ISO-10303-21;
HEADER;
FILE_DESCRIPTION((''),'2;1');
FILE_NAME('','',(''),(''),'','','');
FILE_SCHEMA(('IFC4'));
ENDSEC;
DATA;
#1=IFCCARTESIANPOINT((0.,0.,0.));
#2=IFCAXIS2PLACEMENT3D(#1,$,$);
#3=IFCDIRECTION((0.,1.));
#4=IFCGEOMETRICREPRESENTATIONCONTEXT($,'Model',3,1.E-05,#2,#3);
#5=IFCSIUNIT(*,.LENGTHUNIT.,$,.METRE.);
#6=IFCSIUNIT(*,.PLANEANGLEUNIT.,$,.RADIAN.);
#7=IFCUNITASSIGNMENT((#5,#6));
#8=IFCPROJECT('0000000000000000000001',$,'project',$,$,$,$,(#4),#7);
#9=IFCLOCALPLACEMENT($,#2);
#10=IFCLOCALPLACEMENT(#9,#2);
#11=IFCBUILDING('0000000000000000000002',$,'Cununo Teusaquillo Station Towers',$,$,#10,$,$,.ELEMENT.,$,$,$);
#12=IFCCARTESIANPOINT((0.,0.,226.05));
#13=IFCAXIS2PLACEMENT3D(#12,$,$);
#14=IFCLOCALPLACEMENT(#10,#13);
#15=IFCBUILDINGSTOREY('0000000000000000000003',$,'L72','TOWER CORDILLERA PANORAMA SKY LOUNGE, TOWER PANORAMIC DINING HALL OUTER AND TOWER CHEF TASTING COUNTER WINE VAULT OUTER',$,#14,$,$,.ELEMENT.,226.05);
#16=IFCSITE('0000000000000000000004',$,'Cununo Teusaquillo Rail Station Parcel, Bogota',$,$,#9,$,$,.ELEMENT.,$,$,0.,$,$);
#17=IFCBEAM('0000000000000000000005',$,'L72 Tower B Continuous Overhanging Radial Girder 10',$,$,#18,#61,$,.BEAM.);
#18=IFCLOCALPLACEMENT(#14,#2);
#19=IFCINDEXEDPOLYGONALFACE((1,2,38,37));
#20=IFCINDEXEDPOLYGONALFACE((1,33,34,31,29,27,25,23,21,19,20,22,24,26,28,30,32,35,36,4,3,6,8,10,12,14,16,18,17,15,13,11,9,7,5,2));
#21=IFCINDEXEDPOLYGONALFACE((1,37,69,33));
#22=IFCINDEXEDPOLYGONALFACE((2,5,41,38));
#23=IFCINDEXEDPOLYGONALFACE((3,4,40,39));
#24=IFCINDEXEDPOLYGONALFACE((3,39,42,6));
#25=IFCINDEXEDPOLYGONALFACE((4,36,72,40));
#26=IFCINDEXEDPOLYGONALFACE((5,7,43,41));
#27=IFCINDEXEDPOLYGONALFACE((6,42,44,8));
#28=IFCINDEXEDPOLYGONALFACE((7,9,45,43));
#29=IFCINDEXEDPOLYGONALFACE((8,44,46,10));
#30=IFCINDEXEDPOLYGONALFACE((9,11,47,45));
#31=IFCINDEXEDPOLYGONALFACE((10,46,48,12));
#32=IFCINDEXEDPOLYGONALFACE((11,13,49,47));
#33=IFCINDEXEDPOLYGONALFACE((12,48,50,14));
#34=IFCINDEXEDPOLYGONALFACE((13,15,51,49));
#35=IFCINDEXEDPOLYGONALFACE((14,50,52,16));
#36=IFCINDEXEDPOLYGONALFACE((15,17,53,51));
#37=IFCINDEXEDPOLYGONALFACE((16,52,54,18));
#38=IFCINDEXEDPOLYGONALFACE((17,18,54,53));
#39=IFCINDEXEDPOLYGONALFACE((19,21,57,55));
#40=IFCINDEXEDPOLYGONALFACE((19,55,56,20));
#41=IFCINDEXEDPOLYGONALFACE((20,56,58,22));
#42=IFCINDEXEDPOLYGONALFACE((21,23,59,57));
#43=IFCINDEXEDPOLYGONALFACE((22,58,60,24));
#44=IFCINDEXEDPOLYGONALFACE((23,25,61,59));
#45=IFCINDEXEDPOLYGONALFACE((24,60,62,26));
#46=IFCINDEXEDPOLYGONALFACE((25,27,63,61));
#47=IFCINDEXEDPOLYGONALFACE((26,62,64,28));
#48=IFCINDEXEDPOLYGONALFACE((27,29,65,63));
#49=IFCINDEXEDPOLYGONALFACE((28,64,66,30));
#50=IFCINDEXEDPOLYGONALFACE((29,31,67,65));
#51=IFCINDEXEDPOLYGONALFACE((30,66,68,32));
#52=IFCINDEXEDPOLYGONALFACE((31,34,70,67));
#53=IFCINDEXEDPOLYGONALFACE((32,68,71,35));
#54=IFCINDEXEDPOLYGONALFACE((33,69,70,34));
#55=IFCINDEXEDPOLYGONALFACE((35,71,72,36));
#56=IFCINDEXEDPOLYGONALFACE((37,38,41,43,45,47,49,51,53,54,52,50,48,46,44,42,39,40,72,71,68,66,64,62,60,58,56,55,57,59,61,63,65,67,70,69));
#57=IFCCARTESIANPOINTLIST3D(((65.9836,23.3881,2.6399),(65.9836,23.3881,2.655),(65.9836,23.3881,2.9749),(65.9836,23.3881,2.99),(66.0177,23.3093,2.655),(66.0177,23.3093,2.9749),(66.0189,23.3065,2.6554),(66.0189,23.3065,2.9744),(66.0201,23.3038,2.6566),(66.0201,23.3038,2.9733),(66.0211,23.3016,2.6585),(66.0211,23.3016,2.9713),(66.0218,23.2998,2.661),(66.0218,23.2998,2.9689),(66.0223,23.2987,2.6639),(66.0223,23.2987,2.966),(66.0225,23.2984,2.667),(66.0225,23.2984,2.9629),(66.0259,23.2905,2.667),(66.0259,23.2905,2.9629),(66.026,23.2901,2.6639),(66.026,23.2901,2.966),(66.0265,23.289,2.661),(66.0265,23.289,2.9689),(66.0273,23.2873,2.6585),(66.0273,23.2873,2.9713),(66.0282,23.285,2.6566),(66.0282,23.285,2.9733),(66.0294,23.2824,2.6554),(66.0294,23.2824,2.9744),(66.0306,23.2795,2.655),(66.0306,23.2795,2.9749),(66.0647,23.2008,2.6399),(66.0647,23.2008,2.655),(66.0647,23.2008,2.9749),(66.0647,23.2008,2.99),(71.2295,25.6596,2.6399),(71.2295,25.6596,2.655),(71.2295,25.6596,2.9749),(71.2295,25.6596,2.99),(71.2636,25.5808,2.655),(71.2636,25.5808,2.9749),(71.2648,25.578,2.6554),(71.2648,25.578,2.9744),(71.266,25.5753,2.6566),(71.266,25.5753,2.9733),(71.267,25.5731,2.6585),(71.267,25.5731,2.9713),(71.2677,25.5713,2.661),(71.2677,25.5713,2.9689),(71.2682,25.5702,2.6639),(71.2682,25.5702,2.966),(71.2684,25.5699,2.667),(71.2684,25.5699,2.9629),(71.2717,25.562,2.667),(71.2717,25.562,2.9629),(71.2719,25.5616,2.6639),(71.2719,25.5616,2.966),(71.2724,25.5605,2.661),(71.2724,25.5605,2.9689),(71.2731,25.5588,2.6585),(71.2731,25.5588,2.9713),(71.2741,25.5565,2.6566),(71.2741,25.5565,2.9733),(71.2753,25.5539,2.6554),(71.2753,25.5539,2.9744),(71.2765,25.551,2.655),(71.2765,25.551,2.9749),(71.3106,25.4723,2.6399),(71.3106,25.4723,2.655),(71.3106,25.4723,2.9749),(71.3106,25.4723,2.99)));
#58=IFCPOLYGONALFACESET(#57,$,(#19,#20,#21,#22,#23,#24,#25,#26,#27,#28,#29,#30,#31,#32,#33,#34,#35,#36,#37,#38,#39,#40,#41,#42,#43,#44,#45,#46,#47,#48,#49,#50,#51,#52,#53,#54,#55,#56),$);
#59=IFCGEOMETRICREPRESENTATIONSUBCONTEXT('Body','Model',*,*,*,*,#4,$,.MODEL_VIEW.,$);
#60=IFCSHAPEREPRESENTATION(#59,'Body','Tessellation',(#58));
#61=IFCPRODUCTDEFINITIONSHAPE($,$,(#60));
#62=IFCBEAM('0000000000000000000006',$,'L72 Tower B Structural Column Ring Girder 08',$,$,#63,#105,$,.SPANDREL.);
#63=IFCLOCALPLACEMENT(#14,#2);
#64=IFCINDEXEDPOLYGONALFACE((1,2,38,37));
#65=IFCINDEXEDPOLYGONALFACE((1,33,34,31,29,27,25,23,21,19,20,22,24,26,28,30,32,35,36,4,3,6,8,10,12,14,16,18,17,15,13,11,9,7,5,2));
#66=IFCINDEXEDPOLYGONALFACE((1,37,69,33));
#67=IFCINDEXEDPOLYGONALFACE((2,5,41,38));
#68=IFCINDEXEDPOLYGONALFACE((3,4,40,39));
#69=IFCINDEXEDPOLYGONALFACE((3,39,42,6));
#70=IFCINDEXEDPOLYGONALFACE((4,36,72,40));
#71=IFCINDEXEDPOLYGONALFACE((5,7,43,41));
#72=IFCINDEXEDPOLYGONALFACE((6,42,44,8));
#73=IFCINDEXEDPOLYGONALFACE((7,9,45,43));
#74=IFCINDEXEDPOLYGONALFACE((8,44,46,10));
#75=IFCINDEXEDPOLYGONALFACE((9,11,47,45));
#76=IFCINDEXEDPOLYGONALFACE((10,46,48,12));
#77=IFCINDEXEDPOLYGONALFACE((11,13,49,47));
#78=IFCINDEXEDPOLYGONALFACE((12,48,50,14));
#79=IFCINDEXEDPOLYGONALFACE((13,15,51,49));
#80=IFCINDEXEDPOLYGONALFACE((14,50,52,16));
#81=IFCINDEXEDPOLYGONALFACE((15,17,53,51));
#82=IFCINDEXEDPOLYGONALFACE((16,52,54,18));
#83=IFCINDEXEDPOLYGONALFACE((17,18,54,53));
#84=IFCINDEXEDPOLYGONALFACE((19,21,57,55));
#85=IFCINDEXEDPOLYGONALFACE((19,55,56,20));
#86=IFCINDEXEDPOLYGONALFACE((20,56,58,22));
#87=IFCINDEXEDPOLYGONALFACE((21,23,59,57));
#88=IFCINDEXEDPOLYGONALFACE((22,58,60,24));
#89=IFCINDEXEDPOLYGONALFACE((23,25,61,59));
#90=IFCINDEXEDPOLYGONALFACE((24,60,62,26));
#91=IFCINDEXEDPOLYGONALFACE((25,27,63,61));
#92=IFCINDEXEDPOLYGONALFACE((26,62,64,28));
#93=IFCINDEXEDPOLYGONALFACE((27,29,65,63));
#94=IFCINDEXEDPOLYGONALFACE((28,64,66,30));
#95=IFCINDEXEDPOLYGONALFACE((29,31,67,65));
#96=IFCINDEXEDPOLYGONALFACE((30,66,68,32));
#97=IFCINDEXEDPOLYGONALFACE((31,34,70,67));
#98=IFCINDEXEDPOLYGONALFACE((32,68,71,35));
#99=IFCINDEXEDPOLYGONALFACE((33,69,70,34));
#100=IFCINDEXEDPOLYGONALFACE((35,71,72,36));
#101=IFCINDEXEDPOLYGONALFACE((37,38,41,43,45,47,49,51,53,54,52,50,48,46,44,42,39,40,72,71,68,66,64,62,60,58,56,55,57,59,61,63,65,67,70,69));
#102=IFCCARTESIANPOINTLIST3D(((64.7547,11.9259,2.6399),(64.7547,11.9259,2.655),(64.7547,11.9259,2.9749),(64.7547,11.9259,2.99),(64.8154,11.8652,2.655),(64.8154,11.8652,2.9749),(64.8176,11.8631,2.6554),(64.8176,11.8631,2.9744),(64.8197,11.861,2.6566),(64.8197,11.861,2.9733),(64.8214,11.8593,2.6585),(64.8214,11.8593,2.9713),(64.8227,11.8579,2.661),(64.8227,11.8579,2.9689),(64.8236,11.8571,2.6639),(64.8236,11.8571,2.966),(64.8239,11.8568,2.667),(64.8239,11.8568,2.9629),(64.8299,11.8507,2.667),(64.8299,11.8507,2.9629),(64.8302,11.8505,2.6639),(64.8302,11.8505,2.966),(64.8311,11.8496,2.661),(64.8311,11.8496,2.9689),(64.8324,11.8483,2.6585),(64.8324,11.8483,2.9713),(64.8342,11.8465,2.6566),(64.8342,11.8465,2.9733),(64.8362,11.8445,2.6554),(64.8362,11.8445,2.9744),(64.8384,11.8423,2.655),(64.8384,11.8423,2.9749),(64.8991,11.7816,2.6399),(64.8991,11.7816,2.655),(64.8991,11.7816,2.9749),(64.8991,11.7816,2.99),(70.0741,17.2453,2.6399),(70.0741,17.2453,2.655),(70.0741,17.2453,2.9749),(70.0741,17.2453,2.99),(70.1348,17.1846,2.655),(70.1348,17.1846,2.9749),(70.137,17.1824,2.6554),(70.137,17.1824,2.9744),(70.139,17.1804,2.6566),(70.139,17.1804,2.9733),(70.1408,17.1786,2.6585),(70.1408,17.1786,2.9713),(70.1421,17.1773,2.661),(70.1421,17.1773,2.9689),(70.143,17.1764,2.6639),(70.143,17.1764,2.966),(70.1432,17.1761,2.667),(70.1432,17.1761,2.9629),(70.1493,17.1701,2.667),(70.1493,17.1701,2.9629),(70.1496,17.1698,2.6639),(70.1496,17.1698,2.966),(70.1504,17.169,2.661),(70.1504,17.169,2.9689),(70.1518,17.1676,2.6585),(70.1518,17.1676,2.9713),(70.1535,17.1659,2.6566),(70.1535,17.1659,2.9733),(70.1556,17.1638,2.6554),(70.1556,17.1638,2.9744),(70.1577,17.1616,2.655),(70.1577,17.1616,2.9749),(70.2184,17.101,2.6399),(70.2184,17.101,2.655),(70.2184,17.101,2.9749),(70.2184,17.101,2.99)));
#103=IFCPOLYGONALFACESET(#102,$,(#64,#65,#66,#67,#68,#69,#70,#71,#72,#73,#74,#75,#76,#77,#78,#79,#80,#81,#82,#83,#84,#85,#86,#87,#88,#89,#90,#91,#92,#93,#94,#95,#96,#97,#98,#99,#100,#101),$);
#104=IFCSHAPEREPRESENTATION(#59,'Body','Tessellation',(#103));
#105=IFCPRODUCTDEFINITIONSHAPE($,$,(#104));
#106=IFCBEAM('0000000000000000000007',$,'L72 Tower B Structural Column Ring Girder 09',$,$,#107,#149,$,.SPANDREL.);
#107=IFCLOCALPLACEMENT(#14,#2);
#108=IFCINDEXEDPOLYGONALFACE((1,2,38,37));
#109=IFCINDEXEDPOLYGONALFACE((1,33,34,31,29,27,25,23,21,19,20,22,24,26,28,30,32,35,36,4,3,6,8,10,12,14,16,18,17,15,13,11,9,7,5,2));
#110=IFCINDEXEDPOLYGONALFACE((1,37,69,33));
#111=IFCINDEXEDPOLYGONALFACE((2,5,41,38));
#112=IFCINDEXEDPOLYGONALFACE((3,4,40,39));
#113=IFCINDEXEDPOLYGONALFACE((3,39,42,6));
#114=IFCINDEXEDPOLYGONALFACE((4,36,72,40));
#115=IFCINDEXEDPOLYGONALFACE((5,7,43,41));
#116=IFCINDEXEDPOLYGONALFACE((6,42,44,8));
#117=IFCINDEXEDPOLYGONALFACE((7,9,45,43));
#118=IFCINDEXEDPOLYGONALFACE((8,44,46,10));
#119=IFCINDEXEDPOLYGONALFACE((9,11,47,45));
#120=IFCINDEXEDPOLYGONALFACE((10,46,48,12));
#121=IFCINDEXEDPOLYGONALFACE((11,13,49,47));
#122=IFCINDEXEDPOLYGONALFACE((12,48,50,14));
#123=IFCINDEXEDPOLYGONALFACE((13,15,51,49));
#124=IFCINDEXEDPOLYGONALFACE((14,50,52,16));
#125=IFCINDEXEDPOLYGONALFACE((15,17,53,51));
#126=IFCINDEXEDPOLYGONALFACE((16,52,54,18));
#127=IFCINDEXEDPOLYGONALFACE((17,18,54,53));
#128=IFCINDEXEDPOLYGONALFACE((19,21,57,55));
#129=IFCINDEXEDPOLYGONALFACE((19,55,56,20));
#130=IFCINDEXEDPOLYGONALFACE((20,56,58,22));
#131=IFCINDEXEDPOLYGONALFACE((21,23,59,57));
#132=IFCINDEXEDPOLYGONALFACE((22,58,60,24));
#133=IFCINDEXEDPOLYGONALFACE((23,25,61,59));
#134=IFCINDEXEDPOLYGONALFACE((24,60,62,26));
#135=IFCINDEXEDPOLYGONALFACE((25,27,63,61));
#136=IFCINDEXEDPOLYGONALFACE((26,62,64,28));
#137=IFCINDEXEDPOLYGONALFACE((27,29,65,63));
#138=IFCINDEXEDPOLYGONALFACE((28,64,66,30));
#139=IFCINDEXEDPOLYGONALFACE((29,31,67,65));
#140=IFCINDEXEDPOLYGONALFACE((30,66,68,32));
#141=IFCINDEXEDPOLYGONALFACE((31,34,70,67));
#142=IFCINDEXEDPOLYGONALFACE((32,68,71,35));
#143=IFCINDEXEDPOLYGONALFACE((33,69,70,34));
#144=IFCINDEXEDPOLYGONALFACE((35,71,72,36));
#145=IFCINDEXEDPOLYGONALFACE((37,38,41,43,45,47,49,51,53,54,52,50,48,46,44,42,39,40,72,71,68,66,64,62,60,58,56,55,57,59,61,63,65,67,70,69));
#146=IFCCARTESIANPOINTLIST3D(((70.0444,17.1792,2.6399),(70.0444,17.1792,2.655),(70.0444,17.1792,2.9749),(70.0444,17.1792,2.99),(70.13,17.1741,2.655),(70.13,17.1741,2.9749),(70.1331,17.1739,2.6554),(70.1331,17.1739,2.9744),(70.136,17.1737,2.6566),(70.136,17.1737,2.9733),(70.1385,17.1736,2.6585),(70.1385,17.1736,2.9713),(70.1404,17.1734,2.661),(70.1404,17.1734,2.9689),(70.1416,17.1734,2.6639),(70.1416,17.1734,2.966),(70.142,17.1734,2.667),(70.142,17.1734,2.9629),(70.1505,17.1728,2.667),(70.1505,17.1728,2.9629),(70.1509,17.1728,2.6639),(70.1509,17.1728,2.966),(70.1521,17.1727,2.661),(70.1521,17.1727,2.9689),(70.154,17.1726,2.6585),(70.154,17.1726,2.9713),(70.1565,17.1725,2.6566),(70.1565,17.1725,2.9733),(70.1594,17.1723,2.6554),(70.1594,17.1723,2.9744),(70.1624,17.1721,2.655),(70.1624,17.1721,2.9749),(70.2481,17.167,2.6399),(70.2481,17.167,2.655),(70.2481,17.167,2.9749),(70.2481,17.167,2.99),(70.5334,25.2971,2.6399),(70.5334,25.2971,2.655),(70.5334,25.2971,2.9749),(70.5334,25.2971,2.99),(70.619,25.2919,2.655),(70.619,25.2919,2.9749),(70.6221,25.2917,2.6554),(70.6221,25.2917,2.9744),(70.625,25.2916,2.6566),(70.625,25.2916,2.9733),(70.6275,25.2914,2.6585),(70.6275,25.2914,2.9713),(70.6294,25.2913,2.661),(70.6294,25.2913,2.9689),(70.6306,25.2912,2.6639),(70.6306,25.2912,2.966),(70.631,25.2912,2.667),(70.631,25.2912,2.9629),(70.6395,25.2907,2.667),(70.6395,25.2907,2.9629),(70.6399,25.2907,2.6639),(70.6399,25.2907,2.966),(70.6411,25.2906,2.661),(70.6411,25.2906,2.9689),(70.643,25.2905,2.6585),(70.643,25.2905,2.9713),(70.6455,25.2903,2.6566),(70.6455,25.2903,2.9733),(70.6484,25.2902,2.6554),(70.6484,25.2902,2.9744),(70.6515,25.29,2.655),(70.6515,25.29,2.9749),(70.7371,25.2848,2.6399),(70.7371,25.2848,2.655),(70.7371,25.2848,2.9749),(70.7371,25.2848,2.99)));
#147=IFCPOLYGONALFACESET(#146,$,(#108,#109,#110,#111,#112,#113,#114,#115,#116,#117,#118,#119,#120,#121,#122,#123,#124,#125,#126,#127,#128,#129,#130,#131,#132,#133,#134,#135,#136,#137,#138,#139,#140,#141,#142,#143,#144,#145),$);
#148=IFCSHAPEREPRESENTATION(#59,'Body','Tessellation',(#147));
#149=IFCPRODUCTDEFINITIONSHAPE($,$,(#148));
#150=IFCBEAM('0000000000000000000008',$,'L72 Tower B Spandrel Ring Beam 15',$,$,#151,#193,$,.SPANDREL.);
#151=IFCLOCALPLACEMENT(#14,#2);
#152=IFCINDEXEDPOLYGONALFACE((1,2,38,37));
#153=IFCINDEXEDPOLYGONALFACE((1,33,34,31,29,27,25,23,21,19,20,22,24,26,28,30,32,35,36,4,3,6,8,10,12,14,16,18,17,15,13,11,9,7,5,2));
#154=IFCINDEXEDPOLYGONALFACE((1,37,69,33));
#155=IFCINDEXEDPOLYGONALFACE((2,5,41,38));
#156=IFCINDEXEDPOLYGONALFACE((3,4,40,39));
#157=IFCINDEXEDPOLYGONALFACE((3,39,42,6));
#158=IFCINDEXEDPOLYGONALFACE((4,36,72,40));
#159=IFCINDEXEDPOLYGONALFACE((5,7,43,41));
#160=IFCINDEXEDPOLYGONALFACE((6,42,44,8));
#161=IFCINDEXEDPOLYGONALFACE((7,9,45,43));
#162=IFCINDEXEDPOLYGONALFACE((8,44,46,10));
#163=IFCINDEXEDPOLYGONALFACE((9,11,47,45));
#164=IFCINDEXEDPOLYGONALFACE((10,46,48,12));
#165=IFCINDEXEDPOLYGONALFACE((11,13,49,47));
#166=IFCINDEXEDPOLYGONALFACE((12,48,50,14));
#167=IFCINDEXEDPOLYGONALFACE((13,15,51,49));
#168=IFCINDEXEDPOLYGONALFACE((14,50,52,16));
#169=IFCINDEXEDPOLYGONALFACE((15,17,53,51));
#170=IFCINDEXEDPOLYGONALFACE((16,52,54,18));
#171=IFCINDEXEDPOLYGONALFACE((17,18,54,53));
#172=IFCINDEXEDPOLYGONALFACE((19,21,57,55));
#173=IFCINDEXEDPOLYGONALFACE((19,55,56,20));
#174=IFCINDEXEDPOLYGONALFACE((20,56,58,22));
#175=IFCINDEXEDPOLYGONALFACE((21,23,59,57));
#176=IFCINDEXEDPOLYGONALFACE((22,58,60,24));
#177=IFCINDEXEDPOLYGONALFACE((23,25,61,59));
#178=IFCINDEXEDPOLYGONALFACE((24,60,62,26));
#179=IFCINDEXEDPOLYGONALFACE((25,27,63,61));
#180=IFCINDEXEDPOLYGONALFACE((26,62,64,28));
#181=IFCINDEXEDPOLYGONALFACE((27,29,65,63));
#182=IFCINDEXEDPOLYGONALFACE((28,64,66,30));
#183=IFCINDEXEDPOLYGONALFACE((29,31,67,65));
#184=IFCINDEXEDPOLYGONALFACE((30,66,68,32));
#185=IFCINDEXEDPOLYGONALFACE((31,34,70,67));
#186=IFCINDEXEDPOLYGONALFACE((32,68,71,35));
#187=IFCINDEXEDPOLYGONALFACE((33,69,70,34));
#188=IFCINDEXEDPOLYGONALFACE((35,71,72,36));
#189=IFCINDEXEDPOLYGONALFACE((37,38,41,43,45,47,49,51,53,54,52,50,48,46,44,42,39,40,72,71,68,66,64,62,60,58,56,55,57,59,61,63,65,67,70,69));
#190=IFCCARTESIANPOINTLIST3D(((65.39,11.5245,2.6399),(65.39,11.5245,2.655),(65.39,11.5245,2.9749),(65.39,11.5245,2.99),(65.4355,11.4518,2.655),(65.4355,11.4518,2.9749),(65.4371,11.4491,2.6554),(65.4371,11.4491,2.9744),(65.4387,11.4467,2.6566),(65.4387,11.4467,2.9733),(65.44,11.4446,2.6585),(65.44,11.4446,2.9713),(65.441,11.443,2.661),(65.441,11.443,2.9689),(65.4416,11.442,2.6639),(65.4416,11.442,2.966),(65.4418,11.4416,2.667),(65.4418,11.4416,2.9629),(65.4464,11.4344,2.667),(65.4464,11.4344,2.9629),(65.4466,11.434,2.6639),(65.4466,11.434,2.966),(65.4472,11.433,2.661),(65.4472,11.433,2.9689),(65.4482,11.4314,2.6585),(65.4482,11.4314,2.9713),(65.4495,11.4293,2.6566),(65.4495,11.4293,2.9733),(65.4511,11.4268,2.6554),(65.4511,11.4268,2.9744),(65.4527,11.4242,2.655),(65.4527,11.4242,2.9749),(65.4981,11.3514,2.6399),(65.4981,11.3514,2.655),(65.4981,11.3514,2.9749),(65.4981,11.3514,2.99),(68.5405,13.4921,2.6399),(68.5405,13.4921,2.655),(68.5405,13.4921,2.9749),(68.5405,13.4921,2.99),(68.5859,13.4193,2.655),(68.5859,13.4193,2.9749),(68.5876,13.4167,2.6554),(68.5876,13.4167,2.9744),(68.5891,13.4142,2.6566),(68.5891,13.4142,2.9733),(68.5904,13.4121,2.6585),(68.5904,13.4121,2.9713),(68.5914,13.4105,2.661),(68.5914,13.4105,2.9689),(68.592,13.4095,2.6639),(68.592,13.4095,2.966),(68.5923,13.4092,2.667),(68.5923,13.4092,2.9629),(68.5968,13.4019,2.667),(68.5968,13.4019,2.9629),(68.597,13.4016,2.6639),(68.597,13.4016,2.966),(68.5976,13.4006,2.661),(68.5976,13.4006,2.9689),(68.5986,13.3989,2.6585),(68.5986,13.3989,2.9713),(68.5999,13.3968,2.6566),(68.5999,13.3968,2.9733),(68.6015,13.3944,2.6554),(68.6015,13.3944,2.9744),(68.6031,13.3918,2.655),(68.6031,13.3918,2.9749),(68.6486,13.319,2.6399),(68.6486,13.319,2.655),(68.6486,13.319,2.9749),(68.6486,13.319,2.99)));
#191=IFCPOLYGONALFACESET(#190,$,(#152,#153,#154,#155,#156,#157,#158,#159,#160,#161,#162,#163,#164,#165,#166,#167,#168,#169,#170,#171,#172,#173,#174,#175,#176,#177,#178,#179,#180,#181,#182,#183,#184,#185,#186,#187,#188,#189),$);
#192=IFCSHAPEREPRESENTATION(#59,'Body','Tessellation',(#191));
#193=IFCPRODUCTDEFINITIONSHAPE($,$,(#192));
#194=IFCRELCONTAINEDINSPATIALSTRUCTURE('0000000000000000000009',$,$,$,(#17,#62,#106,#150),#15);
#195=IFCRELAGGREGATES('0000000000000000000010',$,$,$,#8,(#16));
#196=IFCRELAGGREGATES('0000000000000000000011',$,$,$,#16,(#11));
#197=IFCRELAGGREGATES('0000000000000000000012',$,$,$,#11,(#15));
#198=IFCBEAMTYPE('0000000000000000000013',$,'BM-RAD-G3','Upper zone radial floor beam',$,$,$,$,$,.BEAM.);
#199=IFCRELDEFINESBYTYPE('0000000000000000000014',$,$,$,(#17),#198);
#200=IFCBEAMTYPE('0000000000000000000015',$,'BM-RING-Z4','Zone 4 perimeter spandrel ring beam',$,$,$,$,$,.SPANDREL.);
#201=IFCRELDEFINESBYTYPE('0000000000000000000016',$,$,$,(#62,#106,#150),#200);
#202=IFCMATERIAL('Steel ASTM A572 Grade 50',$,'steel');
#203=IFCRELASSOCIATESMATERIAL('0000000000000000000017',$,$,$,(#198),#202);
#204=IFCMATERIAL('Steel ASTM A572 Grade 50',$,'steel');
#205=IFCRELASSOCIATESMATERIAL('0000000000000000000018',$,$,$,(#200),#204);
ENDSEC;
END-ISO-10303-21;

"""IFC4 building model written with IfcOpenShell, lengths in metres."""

from ifc_helpers import new_model, si_unit, direction, frame, origin, origin_2d, place, context, subcontext, project, spatial, i_section, extrude, material, material_profile, profile_set, type_object, element, save


model = new_model("IFC4")

# Units and contexts
model_context = context("Model", 3, precision=1e-05, world=origin(), true_north=direction((0.0, 1.0)))
body_context = subcontext(model_context, "Body", "Model", "MODEL_VIEW")
ifc_project = project(units=[si_unit("LENGTHUNIT", "METRE"), si_unit("PLANEANGLEUNIT", "RADIAN")], contexts=[model_context])

# Site, building, storey
site_placement = place(None, origin())
site = spatial("IfcSite", under=ifc_project, at=site_placement, Name="Cununo Teusaquillo Rail Station Parcel, Bogota", CompositionType="ELEMENT", RefElevation=0.0)
building_placement = place(site_placement, origin())
building = spatial("IfcBuilding", under=site, at=building_placement, Name="Cununo Teusaquillo Station Towers", CompositionType="ELEMENT")
storey_placement = place(building_placement, frame((0.0, 0.0, 226.05)))
storey = spatial("IfcBuildingStorey", under=building, at=storey_placement, Name="L72", Description="TOWER CORDILLERA PANORAMA SKY LOUNGE, TOWER PANORAMIC DINING HALL OUTER AND TOWER CHEF TASTING COUNTER WINE VAULT OUTER", CompositionType="ELEMENT", Elevation=226.05)

# Beams
ifc_material_1 = material(Name="Steel ASTM A572 Grade 50", Category="steel")
ifc_material_profile_1 = material_profile(ifc_material_1, i_section(OverallWidth=0.2041, OverallDepth=0.3501, WebThickness=0.0085, FlangeThickness=0.0151, FilletRadius=0.012, at=origin_2d()), Name="W14X48")
ifc_profile_set_1 = profile_set([ifc_material_profile_1], Name="Steel ASTM A572 Grade 50")
beam_type_1 = type_object("IfcBeamType", Name="BM-RAD-G3", Description="Upper zone radial floor beam", PredefinedType="BEAM", material=ifc_profile_set_1)
beam_1_placement = place(storey_placement, frame((66.0242, 23.2944, 2.8149), z_axis=(0.917665, 0.397355, 0.0), x_axis=(-0.397355, 0.917665, 0.0)))
element("IfcBeam", 1, at=beam_1_placement, inside=storey, type_object=beam_type_1, Name="L72 Tower B Continuous Overhanging Radial Girder 10", PredefinedType="BEAM", context=body_context, shape_type="SweptSolid", body=[
    extrude(i_section(OverallWidth=0.2041, OverallDepth=0.3501, WebThickness=0.0085, FlangeThickness=0.0151, FilletRadius=0.012, at=origin_2d()), origin(), (0.0, 0.0, 1.0), 5.7166),
])
ifc_material_2 = material(Name="Steel ASTM A572 Grade 50", Category="steel")
ifc_material_profile_2 = material_profile(ifc_material_2, i_section(OverallWidth=0.2041, OverallDepth=0.3501, WebThickness=0.0085, FlangeThickness=0.0151, FilletRadius=0.012, at=origin_2d()), Name="W14X48")
ifc_profile_set_2 = profile_set([ifc_material_profile_2], Name="Steel ASTM A572 Grade 50")
beam_type_2 = type_object("IfcBeamType", Name="BM-RING-Z4", Description="Zone 4 perimeter spandrel ring beam", PredefinedType="SPANDREL", material=ifc_profile_set_2)
beam_2_placement = place(storey_placement, frame((64.8269, 11.8538, 2.8149), z_axis=(0.707107, 0.707107, 0.0), x_axis=(-0.707107, 0.707107, 0.0)))
element("IfcBeam", 2, at=beam_2_placement, inside=storey, type_object=beam_type_2, Name="L72 Tower B Structural Column Ring Girder 08", PredefinedType="SPANDREL", context=body_context, shape_type="SweptSolid", body=[
    extrude(i_section(OverallWidth=0.2041, OverallDepth=0.3501, WebThickness=0.0085, FlangeThickness=0.0151, FilletRadius=0.012, at=origin_2d()), origin(), (0.0, 0.0, 1.0), 7.5227),
])
beam_3_placement = place(storey_placement, frame((70.1462, 17.1731, 2.8149), z_axis=(0.06013, 0.998191, 0.0), x_axis=(-0.998191, 0.06013, 0.0)))
element("IfcBeam", 3, at=beam_3_placement, inside=storey, type_object=beam_type_2, Name="L72 Tower B Structural Column Ring Girder 09", PredefinedType="SPANDREL", context=body_context, shape_type="SweptSolid", body=[
    extrude(i_section(OverallWidth=0.2041, OverallDepth=0.3501, WebThickness=0.0085, FlangeThickness=0.0151, FilletRadius=0.012, at=origin_2d()), origin(), (0.0, 0.0, 1.0), 8.1326),
])
for number, where, z_axis, x_axis, name in (
    (4, (65.4441, 11.438, 2.8149), (0.848176, 0.529715, 0.0), (-0.529715, 0.848176, 0.0), "L72 Tower B Spandrel Ring Beam 15"),
):
    element("IfcBeam", number, at=place(storey_placement, frame(where, z_axis=z_axis, x_axis=x_axis)), inside=storey, type_object=beam_type_2, Name=name, PredefinedType="SPANDREL", context=body_context, shape_type="SweptSolid", body=[
        extrude(i_section(OverallWidth=0.2041, OverallDepth=0.3501, WebThickness=0.0085, FlangeThickness=0.0151, FilletRadius=0.012, at=origin_2d()), origin(), (0.0, 0.0, 1.0), 3.7144),
    ])

save(model, "model.ifc")
